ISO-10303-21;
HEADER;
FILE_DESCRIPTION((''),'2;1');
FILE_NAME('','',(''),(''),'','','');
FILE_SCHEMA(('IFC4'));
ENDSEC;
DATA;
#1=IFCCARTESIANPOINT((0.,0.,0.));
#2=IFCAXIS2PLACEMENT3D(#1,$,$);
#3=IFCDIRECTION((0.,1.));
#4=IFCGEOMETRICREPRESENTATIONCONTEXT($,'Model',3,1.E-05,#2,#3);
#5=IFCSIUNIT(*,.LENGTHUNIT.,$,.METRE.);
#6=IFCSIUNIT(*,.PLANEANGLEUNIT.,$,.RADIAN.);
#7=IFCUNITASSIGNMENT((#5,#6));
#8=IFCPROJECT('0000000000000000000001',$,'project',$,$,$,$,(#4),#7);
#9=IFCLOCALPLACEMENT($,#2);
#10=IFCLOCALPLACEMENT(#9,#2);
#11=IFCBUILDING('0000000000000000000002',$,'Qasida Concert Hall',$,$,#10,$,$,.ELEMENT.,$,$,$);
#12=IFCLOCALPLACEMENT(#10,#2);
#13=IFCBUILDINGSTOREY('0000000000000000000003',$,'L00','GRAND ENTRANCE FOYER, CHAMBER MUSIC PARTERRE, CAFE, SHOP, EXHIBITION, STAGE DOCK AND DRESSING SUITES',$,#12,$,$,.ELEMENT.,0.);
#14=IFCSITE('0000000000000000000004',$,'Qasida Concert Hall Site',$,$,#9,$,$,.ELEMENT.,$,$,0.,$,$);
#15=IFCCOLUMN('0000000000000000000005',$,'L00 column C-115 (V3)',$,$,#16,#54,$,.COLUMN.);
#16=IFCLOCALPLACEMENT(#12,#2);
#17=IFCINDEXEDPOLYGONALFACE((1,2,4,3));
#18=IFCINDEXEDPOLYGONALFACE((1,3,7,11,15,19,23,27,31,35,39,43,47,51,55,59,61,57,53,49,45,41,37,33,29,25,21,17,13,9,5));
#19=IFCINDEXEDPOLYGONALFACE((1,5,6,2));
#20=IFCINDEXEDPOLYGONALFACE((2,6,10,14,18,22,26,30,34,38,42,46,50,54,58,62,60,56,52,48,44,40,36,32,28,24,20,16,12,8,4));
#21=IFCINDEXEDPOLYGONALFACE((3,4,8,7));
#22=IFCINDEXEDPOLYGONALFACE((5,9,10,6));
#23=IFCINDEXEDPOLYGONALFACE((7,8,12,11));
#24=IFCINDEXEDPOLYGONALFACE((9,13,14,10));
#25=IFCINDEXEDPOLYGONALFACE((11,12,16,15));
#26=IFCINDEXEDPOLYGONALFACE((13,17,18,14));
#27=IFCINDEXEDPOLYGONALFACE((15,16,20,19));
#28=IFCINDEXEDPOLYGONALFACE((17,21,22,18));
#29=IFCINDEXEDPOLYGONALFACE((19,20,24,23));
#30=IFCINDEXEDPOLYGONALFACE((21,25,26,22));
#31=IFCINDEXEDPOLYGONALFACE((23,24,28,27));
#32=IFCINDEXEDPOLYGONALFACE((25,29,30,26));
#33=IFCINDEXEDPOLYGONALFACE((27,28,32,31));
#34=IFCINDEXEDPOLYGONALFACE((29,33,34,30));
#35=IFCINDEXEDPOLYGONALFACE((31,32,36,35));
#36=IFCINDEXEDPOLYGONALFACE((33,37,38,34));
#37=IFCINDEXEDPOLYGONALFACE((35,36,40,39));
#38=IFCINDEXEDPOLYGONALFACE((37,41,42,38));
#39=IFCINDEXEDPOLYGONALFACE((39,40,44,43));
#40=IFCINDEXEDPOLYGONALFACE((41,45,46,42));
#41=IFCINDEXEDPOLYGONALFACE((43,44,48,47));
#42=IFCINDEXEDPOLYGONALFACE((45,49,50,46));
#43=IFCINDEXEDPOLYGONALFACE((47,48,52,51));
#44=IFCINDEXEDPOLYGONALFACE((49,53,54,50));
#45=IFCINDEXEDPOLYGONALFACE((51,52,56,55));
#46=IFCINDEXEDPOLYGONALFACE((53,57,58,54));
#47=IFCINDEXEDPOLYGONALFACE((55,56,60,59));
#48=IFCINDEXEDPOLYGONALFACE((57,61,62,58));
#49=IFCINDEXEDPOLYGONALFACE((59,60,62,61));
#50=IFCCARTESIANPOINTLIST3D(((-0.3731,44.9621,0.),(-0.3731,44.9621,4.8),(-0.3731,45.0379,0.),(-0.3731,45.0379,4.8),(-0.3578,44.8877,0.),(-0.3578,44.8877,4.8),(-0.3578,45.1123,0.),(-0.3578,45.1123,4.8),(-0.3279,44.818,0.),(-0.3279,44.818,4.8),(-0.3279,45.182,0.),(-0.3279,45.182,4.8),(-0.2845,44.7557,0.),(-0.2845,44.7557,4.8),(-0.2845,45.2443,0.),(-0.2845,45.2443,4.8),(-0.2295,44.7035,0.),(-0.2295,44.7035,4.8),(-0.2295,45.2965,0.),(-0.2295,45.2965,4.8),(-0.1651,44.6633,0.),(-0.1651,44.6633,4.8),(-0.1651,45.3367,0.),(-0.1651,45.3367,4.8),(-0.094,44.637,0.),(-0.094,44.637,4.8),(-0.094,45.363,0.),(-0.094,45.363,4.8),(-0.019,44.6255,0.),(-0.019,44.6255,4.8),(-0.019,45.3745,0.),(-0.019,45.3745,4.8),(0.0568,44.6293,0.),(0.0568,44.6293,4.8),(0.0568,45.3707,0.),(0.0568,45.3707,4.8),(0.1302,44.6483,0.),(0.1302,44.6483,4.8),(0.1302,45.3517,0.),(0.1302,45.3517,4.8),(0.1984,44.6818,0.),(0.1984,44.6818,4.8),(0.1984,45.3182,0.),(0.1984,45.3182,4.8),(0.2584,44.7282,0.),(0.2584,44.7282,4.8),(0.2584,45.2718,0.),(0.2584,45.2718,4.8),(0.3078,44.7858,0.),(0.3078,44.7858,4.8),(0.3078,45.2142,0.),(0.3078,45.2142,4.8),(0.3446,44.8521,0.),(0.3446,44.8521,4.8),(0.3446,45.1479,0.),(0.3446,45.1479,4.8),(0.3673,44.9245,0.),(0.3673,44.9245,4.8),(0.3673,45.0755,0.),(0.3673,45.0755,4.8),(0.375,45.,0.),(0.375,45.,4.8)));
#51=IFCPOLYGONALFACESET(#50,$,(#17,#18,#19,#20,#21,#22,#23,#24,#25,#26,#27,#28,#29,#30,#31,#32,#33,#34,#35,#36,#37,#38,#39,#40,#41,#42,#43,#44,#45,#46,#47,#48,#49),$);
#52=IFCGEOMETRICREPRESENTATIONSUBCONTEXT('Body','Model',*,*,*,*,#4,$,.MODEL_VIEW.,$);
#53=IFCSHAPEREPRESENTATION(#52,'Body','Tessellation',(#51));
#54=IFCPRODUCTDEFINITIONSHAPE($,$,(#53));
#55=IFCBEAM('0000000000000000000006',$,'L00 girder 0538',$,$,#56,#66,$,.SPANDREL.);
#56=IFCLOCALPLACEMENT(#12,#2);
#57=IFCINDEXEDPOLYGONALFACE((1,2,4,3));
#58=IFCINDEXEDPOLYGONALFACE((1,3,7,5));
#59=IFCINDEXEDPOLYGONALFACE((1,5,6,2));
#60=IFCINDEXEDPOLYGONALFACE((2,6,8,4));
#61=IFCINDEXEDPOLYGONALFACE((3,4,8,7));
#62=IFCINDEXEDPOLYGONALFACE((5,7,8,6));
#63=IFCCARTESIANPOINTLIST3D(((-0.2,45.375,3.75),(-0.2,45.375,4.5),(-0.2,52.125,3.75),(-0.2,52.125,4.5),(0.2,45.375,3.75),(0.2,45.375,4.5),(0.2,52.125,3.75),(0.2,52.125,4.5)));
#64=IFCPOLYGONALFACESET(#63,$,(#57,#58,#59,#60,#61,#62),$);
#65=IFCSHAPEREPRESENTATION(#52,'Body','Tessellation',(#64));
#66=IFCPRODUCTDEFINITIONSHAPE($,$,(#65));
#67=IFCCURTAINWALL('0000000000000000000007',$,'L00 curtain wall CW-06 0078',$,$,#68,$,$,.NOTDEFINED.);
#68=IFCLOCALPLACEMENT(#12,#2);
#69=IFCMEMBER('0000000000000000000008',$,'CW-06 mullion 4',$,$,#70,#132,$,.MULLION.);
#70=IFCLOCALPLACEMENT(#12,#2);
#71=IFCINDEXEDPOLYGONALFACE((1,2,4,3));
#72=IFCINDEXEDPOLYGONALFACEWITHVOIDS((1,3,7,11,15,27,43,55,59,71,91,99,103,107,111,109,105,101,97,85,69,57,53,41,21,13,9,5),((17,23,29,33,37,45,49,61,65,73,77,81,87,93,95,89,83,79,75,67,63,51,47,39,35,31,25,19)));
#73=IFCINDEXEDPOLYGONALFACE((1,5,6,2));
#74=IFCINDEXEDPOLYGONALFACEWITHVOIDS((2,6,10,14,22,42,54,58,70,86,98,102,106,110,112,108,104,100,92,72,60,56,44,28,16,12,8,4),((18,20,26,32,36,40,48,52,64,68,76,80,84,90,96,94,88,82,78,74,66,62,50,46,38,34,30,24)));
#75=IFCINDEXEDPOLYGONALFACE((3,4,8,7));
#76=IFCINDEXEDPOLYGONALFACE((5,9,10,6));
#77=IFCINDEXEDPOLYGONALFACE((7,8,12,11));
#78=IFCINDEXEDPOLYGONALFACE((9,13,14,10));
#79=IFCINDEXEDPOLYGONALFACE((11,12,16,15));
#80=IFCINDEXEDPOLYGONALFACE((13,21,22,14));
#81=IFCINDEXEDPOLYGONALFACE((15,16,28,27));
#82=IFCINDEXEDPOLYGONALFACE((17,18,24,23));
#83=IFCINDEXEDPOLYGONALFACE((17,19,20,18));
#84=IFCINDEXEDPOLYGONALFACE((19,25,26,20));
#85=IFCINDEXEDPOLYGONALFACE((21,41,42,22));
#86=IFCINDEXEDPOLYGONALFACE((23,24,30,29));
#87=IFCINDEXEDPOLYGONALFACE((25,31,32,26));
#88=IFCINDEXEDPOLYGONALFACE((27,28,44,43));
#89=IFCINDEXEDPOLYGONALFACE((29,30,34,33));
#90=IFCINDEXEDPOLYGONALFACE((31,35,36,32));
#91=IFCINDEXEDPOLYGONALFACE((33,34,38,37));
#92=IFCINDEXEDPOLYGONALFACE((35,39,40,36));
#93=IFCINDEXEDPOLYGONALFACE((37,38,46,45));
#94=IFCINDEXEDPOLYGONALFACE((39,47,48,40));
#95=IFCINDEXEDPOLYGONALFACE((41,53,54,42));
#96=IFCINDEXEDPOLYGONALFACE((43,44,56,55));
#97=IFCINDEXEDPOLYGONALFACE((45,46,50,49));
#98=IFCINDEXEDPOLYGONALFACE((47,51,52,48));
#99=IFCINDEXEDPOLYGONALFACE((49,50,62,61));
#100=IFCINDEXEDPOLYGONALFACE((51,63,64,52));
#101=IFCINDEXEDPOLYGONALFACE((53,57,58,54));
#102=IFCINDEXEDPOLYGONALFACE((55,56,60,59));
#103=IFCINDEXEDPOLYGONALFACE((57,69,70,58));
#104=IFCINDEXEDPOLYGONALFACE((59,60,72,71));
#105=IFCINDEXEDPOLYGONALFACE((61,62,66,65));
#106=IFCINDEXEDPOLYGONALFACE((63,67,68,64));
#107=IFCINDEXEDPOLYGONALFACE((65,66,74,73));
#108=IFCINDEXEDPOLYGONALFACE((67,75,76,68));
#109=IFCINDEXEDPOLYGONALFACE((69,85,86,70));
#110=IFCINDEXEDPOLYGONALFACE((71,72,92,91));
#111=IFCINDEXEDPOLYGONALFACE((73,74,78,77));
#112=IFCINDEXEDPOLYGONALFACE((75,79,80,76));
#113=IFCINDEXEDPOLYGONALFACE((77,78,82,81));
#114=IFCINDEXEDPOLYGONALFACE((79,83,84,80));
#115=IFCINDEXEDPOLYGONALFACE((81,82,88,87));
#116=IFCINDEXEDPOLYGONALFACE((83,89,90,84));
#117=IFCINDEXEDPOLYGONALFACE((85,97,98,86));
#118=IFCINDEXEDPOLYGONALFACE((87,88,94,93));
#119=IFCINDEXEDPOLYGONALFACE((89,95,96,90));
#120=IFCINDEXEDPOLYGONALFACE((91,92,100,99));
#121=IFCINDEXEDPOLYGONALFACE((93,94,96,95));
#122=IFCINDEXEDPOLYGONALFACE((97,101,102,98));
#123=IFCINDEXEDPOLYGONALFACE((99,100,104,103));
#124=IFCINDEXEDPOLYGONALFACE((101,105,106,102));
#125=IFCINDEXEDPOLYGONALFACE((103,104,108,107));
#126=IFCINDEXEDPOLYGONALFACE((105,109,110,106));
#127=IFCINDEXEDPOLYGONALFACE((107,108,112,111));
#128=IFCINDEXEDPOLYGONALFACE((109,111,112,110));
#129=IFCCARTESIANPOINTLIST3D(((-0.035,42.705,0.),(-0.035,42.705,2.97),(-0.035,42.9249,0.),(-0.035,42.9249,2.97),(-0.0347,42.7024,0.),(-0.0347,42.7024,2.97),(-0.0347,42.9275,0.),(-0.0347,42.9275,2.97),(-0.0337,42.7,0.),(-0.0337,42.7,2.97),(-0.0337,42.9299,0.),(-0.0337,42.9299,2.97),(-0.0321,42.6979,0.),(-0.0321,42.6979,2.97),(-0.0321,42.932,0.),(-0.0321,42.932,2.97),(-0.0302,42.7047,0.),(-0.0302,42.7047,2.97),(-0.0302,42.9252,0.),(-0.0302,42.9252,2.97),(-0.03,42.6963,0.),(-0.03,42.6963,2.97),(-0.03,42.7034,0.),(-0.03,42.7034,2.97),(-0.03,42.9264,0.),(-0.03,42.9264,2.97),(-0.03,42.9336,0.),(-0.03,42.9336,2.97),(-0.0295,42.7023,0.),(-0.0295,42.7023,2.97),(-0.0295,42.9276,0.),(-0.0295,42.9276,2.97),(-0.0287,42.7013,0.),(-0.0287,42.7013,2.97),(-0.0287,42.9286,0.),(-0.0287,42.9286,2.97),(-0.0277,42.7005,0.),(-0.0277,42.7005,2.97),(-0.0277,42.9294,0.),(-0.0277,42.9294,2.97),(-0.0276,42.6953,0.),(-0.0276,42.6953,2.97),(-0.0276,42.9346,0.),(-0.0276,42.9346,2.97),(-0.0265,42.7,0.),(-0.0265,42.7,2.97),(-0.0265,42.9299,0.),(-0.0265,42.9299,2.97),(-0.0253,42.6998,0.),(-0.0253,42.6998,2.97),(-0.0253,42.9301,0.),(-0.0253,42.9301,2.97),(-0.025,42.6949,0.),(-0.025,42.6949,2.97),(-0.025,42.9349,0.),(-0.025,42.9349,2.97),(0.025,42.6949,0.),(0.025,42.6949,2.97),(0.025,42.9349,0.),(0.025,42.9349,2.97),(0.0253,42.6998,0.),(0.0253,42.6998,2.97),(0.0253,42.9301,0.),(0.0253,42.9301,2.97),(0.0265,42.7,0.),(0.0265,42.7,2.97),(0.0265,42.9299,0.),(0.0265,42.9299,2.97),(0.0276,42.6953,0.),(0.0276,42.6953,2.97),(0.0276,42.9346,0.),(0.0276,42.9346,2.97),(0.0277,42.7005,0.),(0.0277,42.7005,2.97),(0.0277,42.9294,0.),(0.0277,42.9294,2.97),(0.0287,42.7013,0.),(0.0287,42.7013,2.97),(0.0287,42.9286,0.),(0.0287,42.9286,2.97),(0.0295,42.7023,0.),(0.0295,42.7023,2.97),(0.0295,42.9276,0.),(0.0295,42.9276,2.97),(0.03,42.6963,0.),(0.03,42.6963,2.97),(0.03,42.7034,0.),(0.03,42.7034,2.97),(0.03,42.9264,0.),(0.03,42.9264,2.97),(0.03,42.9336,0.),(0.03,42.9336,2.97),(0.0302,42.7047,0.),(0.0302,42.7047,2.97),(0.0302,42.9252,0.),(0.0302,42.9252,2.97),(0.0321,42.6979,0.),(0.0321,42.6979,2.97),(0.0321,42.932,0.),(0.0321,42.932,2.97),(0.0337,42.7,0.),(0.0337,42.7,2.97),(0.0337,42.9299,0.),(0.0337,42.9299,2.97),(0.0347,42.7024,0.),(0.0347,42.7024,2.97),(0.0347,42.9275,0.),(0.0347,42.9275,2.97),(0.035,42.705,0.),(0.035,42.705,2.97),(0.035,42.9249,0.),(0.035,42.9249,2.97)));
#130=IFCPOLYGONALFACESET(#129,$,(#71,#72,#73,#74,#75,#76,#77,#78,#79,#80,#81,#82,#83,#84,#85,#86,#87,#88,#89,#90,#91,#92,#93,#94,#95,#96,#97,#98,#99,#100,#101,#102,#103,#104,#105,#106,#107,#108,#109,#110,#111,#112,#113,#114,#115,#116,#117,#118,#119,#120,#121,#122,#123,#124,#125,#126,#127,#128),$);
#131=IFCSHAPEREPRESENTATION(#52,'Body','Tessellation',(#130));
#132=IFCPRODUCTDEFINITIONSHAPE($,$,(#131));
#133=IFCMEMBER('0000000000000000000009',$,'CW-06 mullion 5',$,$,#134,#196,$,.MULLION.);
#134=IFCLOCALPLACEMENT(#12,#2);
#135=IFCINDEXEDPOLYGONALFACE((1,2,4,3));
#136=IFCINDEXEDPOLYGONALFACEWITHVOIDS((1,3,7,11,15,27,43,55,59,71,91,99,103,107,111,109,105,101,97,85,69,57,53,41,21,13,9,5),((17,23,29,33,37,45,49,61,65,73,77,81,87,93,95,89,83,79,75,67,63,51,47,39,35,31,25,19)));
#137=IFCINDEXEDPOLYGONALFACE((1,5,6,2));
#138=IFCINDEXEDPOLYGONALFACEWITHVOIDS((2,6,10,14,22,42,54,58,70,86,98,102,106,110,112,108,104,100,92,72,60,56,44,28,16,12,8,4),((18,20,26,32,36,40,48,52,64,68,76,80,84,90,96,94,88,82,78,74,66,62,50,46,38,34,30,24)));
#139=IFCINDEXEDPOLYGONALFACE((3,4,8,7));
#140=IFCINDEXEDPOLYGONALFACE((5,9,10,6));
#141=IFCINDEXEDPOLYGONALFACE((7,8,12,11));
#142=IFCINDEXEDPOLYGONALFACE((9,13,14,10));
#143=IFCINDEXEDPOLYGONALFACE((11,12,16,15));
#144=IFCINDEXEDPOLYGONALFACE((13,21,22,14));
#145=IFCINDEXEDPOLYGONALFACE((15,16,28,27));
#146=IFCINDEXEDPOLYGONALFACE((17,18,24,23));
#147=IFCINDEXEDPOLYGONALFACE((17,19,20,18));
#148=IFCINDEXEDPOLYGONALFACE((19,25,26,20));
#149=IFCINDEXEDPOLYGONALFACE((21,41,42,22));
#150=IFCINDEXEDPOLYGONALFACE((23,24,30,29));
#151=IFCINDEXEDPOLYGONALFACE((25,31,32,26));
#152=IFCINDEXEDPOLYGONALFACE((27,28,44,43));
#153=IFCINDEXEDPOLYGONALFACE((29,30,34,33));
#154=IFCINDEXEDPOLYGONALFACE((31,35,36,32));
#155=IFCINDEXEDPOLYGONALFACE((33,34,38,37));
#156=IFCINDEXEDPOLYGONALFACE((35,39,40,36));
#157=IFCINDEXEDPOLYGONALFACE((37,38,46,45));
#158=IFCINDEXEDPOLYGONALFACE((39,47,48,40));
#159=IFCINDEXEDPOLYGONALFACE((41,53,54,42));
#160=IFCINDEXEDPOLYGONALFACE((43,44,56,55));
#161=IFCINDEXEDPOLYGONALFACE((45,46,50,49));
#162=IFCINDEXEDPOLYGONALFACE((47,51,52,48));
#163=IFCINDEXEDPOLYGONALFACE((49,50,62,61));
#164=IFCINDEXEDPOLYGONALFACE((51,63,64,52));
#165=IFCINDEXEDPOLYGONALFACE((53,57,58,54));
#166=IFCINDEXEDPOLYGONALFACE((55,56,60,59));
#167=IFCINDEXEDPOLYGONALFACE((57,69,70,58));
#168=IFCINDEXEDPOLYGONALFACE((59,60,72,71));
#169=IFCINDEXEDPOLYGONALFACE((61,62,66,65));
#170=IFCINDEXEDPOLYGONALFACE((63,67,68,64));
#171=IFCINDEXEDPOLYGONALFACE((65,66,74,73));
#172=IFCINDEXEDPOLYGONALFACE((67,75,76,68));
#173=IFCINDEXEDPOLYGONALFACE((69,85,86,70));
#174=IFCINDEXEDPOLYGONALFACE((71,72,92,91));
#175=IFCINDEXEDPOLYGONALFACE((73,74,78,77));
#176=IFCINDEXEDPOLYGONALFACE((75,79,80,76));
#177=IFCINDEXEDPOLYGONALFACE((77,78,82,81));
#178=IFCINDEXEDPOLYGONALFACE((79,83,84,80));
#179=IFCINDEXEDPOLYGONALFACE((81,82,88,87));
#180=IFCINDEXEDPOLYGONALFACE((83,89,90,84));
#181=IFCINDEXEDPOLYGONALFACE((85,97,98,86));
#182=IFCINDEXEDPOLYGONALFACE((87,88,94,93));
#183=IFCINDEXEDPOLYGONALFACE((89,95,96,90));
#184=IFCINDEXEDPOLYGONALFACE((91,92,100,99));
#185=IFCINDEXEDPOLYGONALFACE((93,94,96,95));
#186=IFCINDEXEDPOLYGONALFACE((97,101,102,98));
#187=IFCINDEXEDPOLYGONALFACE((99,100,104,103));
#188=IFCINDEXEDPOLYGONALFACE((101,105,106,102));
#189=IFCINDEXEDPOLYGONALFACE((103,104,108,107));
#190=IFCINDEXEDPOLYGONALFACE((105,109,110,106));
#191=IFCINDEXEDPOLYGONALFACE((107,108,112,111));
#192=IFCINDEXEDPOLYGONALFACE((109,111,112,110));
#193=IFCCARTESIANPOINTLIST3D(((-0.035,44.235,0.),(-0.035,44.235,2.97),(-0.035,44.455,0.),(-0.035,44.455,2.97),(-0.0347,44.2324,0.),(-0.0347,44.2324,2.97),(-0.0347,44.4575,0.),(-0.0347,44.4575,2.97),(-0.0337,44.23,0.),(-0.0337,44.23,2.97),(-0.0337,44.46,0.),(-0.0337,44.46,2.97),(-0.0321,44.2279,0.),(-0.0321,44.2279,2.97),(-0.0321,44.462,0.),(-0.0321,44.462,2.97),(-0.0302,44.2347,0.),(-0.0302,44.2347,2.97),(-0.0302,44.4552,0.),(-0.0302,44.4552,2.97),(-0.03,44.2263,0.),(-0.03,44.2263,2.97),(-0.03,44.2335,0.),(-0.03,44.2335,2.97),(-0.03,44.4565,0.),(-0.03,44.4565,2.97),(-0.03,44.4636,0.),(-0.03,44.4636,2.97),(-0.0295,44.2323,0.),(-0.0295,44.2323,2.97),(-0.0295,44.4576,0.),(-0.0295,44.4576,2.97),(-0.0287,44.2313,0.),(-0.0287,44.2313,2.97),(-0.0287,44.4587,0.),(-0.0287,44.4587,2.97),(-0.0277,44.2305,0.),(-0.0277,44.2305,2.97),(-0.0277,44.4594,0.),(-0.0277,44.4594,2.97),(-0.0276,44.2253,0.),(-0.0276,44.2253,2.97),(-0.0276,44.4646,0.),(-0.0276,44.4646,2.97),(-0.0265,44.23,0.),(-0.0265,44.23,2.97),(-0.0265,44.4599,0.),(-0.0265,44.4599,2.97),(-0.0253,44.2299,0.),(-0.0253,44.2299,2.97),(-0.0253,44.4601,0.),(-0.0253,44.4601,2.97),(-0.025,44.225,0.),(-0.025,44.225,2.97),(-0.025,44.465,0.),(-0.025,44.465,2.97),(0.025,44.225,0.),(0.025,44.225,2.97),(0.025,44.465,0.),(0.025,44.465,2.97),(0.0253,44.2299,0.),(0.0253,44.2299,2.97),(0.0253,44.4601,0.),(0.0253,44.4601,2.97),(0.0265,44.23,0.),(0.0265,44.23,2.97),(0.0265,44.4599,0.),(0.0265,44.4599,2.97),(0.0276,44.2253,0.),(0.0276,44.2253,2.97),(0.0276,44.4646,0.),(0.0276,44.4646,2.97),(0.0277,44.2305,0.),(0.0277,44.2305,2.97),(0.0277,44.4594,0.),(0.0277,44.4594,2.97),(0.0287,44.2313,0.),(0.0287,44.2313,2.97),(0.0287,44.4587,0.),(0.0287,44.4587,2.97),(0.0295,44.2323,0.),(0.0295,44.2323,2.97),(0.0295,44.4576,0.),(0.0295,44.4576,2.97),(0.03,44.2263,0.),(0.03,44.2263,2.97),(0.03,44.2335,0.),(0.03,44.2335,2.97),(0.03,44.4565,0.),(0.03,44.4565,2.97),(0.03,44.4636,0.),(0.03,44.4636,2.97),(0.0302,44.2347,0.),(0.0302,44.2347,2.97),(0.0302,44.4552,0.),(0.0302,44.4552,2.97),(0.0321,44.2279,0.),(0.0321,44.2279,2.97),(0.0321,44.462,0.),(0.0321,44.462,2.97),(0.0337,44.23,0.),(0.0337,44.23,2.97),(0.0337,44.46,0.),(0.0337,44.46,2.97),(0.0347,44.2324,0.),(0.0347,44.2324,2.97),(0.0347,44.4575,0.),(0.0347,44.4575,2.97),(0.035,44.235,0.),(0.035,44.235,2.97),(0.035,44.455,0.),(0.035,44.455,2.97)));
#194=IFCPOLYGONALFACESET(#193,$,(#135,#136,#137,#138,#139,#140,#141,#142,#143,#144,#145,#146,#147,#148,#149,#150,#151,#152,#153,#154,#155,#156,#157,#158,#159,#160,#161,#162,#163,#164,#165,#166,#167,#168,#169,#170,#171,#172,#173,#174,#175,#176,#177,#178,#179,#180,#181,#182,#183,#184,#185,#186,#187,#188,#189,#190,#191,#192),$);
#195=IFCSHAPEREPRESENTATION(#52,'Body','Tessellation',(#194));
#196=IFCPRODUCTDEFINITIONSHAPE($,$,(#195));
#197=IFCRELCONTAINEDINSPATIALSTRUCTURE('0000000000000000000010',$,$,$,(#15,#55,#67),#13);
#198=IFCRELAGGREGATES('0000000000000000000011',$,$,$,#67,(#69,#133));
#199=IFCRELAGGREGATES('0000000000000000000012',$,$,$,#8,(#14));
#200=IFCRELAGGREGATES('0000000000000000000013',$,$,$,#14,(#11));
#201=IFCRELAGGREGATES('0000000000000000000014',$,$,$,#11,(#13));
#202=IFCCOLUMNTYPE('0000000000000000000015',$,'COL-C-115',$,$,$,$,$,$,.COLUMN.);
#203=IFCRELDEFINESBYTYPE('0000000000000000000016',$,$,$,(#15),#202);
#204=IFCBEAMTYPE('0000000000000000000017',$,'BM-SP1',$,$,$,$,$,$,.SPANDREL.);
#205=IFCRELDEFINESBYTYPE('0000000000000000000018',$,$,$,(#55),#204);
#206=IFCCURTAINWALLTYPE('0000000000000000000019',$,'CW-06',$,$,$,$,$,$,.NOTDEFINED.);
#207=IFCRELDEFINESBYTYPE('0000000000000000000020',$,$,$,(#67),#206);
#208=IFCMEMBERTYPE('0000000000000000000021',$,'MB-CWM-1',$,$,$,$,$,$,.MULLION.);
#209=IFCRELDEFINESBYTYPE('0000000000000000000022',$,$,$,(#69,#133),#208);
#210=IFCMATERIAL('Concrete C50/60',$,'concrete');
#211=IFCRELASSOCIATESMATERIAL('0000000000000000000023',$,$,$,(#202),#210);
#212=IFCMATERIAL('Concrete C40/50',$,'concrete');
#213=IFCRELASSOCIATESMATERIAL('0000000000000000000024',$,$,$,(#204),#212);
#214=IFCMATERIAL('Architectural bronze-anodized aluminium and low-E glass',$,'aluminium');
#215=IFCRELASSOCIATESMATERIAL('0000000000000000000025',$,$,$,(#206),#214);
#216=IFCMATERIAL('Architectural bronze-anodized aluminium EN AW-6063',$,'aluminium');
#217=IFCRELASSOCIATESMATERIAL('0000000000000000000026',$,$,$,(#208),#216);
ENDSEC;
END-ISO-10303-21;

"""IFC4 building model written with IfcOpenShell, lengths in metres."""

from ifc_helpers import new_model, si_unit, direction, frame, origin, origin_2d, place, context, subcontext, project, spatial, rectangle, hollow_rectangle, circle, extrude, material, material_profile, profile_set, type_object, element, aggregate, save


model = new_model("IFC4")

# Units and contexts
model_context = context("Model", 3, precision=1e-05, world=origin(), true_north=direction((0.0, 1.0)))
body_context = subcontext(model_context, "Body", "Model", "MODEL_VIEW")
ifc_project = project(units=[si_unit("LENGTHUNIT", "METRE"), si_unit("PLANEANGLEUNIT", "RADIAN")], contexts=[model_context])

# Site, building, storey
site_placement = place(None, origin())
site = spatial("IfcSite", under=ifc_project, at=site_placement, Name="Qasida Concert Hall Site", CompositionType="ELEMENT", RefElevation=0.0)
building_placement = place(site_placement, origin())
building = spatial("IfcBuilding", under=site, at=building_placement, Name="Qasida Concert Hall", CompositionType="ELEMENT")
storey_placement = place(building_placement, origin())
storey = spatial("IfcBuildingStorey", under=building, at=storey_placement, Name="L00", Description="GRAND ENTRANCE FOYER, CHAMBER MUSIC PARTERRE, CAFE, SHOP, EXHIBITION, STAGE DOCK AND DRESSING SUITES", CompositionType="ELEMENT", Elevation=0.0)

# Column
ifc_material_1 = material(Name="Concrete C50/60", Category="concrete")
ifc_material_profile_1 = material_profile(ifc_material_1, circle(Radius=0.375, at=origin_2d()), Name="RC COL D750")
ifc_profile_set_1 = profile_set([ifc_material_profile_1], Name="Concrete C50/60")
column_type = type_object("IfcColumnType", Name="COL-C-115", PredefinedType="COLUMN", material=ifc_profile_set_1)
column_placement = place(storey_placement, frame((0.0, 45.0, 0.0), z_axis=(0.0, 0.0, 1.0), x_axis=(1.0, 0.0, 0.0)))
element("IfcColumn", 1, at=column_placement, inside=storey, type_object=column_type, Name="L00 column C-115 (V3)", PredefinedType="COLUMN", context=body_context, shape_type="SweptSolid", body=[
    extrude(circle(Radius=0.375, at=origin_2d()), origin(), (0.0, 0.0, 1.0), 4.8),
])

# Beam
ifc_material_2 = material(Name="Concrete C40/50", Category="concrete")
ifc_material_profile_2 = material_profile(ifc_material_2, rectangle(XDim=0.3999, YDim=0.75, at=origin_2d()), Name="RC 400x750")
ifc_profile_set_2 = profile_set([ifc_material_profile_2], Name="Concrete C40/50")
beam_type = type_object("IfcBeamType", Name="BM-SP1", PredefinedType="SPANDREL", material=ifc_profile_set_2)
beam_placement = place(storey_placement, frame((0.0, 45.375, 4.125), z_axis=(0.0, 1.0, 0.0), x_axis=(-1.0, 0.0, 0.0)))
element("IfcBeam", 2, at=beam_placement, inside=storey, type_object=beam_type, Name="L00 girder 0538", PredefinedType="SPANDREL", context=body_context, shape_type="SweptSolid", body=[
    extrude(rectangle(XDim=0.3999, YDim=0.75, at=origin_2d()), origin(), (0.0, 0.0, 1.0), 6.75),
])

# Curtain wall, members
ifc_material_3 = material(Name="Architectural bronze-anodized aluminium and low-E glass", Category="aluminium")
curtain_wall_type = type_object("IfcCurtainWallType", Name="CW-06", PredefinedType="NOTDEFINED", material=ifc_material_3)
curtain_wall_placement = place(storey_placement, origin())
curtain_wall = element("IfcCurtainWall", 3, at=curtain_wall_placement, inside=storey, type_object=curtain_wall_type, Name="L00 curtain wall CW-06 0078", PredefinedType="NOTDEFINED")
ifc_material_4 = material(Name="Architectural bronze-anodized aluminium EN AW-6063", Category="aluminium")
ifc_material_profile_3 = material_profile(ifc_material_4, hollow_rectangle(XDim=0.0701, YDim=0.24, WallThickness=0.0049, InnerFilletRadius=0.0049, OuterFilletRadius=0.01, at=origin_2d()), Name="CWM 240x70x5")
ifc_profile_set_3 = profile_set([ifc_material_profile_3], Name="Architectural bronze-anodized aluminium EN AW-6063")
member_type_1 = type_object("IfcMemberType", Name="MB-CWM-1", PredefinedType="MULLION", material=ifc_profile_set_3)
member_1_placement = place(storey_placement, frame((0.0, 42.8149, 0.0), z_axis=(0.0, 0.0, 1.0), x_axis=(-1.0, 0.0, 0.0)))
member_1 = element("IfcMember", 4, at=member_1_placement, type_object=member_type_1, Name="CW-06 mullion 4", PredefinedType="MULLION", context=body_context, shape_type="SweptSolid", body=[
    extrude(hollow_rectangle(XDim=0.0701, YDim=0.24, WallThickness=0.0049, InnerFilletRadius=0.0049, OuterFilletRadius=0.01, at=origin_2d()), origin(), (0.0, 0.0, 1.0), 2.97),
])
member_2_placement = place(storey_placement, frame((0.0, 44.345, 0.0), z_axis=(0.0, 0.0, 1.0), x_axis=(-1.0, 0.0, 0.0)))
member_2 = element("IfcMember", 5, at=member_2_placement, type_object=member_type_1, Name="CW-06 mullion 5", PredefinedType="MULLION", context=body_context, shape_type="SweptSolid", body=[
    extrude(hollow_rectangle(XDim=0.0701, YDim=0.24, WallThickness=0.0049, InnerFilletRadius=0.0049, OuterFilletRadius=0.01, at=origin_2d()), origin(), (0.0, 0.0, 1.0), 2.97),
])
aggregate(curtain_wall, [member_1, member_2])

save(model, "model.ifc")
